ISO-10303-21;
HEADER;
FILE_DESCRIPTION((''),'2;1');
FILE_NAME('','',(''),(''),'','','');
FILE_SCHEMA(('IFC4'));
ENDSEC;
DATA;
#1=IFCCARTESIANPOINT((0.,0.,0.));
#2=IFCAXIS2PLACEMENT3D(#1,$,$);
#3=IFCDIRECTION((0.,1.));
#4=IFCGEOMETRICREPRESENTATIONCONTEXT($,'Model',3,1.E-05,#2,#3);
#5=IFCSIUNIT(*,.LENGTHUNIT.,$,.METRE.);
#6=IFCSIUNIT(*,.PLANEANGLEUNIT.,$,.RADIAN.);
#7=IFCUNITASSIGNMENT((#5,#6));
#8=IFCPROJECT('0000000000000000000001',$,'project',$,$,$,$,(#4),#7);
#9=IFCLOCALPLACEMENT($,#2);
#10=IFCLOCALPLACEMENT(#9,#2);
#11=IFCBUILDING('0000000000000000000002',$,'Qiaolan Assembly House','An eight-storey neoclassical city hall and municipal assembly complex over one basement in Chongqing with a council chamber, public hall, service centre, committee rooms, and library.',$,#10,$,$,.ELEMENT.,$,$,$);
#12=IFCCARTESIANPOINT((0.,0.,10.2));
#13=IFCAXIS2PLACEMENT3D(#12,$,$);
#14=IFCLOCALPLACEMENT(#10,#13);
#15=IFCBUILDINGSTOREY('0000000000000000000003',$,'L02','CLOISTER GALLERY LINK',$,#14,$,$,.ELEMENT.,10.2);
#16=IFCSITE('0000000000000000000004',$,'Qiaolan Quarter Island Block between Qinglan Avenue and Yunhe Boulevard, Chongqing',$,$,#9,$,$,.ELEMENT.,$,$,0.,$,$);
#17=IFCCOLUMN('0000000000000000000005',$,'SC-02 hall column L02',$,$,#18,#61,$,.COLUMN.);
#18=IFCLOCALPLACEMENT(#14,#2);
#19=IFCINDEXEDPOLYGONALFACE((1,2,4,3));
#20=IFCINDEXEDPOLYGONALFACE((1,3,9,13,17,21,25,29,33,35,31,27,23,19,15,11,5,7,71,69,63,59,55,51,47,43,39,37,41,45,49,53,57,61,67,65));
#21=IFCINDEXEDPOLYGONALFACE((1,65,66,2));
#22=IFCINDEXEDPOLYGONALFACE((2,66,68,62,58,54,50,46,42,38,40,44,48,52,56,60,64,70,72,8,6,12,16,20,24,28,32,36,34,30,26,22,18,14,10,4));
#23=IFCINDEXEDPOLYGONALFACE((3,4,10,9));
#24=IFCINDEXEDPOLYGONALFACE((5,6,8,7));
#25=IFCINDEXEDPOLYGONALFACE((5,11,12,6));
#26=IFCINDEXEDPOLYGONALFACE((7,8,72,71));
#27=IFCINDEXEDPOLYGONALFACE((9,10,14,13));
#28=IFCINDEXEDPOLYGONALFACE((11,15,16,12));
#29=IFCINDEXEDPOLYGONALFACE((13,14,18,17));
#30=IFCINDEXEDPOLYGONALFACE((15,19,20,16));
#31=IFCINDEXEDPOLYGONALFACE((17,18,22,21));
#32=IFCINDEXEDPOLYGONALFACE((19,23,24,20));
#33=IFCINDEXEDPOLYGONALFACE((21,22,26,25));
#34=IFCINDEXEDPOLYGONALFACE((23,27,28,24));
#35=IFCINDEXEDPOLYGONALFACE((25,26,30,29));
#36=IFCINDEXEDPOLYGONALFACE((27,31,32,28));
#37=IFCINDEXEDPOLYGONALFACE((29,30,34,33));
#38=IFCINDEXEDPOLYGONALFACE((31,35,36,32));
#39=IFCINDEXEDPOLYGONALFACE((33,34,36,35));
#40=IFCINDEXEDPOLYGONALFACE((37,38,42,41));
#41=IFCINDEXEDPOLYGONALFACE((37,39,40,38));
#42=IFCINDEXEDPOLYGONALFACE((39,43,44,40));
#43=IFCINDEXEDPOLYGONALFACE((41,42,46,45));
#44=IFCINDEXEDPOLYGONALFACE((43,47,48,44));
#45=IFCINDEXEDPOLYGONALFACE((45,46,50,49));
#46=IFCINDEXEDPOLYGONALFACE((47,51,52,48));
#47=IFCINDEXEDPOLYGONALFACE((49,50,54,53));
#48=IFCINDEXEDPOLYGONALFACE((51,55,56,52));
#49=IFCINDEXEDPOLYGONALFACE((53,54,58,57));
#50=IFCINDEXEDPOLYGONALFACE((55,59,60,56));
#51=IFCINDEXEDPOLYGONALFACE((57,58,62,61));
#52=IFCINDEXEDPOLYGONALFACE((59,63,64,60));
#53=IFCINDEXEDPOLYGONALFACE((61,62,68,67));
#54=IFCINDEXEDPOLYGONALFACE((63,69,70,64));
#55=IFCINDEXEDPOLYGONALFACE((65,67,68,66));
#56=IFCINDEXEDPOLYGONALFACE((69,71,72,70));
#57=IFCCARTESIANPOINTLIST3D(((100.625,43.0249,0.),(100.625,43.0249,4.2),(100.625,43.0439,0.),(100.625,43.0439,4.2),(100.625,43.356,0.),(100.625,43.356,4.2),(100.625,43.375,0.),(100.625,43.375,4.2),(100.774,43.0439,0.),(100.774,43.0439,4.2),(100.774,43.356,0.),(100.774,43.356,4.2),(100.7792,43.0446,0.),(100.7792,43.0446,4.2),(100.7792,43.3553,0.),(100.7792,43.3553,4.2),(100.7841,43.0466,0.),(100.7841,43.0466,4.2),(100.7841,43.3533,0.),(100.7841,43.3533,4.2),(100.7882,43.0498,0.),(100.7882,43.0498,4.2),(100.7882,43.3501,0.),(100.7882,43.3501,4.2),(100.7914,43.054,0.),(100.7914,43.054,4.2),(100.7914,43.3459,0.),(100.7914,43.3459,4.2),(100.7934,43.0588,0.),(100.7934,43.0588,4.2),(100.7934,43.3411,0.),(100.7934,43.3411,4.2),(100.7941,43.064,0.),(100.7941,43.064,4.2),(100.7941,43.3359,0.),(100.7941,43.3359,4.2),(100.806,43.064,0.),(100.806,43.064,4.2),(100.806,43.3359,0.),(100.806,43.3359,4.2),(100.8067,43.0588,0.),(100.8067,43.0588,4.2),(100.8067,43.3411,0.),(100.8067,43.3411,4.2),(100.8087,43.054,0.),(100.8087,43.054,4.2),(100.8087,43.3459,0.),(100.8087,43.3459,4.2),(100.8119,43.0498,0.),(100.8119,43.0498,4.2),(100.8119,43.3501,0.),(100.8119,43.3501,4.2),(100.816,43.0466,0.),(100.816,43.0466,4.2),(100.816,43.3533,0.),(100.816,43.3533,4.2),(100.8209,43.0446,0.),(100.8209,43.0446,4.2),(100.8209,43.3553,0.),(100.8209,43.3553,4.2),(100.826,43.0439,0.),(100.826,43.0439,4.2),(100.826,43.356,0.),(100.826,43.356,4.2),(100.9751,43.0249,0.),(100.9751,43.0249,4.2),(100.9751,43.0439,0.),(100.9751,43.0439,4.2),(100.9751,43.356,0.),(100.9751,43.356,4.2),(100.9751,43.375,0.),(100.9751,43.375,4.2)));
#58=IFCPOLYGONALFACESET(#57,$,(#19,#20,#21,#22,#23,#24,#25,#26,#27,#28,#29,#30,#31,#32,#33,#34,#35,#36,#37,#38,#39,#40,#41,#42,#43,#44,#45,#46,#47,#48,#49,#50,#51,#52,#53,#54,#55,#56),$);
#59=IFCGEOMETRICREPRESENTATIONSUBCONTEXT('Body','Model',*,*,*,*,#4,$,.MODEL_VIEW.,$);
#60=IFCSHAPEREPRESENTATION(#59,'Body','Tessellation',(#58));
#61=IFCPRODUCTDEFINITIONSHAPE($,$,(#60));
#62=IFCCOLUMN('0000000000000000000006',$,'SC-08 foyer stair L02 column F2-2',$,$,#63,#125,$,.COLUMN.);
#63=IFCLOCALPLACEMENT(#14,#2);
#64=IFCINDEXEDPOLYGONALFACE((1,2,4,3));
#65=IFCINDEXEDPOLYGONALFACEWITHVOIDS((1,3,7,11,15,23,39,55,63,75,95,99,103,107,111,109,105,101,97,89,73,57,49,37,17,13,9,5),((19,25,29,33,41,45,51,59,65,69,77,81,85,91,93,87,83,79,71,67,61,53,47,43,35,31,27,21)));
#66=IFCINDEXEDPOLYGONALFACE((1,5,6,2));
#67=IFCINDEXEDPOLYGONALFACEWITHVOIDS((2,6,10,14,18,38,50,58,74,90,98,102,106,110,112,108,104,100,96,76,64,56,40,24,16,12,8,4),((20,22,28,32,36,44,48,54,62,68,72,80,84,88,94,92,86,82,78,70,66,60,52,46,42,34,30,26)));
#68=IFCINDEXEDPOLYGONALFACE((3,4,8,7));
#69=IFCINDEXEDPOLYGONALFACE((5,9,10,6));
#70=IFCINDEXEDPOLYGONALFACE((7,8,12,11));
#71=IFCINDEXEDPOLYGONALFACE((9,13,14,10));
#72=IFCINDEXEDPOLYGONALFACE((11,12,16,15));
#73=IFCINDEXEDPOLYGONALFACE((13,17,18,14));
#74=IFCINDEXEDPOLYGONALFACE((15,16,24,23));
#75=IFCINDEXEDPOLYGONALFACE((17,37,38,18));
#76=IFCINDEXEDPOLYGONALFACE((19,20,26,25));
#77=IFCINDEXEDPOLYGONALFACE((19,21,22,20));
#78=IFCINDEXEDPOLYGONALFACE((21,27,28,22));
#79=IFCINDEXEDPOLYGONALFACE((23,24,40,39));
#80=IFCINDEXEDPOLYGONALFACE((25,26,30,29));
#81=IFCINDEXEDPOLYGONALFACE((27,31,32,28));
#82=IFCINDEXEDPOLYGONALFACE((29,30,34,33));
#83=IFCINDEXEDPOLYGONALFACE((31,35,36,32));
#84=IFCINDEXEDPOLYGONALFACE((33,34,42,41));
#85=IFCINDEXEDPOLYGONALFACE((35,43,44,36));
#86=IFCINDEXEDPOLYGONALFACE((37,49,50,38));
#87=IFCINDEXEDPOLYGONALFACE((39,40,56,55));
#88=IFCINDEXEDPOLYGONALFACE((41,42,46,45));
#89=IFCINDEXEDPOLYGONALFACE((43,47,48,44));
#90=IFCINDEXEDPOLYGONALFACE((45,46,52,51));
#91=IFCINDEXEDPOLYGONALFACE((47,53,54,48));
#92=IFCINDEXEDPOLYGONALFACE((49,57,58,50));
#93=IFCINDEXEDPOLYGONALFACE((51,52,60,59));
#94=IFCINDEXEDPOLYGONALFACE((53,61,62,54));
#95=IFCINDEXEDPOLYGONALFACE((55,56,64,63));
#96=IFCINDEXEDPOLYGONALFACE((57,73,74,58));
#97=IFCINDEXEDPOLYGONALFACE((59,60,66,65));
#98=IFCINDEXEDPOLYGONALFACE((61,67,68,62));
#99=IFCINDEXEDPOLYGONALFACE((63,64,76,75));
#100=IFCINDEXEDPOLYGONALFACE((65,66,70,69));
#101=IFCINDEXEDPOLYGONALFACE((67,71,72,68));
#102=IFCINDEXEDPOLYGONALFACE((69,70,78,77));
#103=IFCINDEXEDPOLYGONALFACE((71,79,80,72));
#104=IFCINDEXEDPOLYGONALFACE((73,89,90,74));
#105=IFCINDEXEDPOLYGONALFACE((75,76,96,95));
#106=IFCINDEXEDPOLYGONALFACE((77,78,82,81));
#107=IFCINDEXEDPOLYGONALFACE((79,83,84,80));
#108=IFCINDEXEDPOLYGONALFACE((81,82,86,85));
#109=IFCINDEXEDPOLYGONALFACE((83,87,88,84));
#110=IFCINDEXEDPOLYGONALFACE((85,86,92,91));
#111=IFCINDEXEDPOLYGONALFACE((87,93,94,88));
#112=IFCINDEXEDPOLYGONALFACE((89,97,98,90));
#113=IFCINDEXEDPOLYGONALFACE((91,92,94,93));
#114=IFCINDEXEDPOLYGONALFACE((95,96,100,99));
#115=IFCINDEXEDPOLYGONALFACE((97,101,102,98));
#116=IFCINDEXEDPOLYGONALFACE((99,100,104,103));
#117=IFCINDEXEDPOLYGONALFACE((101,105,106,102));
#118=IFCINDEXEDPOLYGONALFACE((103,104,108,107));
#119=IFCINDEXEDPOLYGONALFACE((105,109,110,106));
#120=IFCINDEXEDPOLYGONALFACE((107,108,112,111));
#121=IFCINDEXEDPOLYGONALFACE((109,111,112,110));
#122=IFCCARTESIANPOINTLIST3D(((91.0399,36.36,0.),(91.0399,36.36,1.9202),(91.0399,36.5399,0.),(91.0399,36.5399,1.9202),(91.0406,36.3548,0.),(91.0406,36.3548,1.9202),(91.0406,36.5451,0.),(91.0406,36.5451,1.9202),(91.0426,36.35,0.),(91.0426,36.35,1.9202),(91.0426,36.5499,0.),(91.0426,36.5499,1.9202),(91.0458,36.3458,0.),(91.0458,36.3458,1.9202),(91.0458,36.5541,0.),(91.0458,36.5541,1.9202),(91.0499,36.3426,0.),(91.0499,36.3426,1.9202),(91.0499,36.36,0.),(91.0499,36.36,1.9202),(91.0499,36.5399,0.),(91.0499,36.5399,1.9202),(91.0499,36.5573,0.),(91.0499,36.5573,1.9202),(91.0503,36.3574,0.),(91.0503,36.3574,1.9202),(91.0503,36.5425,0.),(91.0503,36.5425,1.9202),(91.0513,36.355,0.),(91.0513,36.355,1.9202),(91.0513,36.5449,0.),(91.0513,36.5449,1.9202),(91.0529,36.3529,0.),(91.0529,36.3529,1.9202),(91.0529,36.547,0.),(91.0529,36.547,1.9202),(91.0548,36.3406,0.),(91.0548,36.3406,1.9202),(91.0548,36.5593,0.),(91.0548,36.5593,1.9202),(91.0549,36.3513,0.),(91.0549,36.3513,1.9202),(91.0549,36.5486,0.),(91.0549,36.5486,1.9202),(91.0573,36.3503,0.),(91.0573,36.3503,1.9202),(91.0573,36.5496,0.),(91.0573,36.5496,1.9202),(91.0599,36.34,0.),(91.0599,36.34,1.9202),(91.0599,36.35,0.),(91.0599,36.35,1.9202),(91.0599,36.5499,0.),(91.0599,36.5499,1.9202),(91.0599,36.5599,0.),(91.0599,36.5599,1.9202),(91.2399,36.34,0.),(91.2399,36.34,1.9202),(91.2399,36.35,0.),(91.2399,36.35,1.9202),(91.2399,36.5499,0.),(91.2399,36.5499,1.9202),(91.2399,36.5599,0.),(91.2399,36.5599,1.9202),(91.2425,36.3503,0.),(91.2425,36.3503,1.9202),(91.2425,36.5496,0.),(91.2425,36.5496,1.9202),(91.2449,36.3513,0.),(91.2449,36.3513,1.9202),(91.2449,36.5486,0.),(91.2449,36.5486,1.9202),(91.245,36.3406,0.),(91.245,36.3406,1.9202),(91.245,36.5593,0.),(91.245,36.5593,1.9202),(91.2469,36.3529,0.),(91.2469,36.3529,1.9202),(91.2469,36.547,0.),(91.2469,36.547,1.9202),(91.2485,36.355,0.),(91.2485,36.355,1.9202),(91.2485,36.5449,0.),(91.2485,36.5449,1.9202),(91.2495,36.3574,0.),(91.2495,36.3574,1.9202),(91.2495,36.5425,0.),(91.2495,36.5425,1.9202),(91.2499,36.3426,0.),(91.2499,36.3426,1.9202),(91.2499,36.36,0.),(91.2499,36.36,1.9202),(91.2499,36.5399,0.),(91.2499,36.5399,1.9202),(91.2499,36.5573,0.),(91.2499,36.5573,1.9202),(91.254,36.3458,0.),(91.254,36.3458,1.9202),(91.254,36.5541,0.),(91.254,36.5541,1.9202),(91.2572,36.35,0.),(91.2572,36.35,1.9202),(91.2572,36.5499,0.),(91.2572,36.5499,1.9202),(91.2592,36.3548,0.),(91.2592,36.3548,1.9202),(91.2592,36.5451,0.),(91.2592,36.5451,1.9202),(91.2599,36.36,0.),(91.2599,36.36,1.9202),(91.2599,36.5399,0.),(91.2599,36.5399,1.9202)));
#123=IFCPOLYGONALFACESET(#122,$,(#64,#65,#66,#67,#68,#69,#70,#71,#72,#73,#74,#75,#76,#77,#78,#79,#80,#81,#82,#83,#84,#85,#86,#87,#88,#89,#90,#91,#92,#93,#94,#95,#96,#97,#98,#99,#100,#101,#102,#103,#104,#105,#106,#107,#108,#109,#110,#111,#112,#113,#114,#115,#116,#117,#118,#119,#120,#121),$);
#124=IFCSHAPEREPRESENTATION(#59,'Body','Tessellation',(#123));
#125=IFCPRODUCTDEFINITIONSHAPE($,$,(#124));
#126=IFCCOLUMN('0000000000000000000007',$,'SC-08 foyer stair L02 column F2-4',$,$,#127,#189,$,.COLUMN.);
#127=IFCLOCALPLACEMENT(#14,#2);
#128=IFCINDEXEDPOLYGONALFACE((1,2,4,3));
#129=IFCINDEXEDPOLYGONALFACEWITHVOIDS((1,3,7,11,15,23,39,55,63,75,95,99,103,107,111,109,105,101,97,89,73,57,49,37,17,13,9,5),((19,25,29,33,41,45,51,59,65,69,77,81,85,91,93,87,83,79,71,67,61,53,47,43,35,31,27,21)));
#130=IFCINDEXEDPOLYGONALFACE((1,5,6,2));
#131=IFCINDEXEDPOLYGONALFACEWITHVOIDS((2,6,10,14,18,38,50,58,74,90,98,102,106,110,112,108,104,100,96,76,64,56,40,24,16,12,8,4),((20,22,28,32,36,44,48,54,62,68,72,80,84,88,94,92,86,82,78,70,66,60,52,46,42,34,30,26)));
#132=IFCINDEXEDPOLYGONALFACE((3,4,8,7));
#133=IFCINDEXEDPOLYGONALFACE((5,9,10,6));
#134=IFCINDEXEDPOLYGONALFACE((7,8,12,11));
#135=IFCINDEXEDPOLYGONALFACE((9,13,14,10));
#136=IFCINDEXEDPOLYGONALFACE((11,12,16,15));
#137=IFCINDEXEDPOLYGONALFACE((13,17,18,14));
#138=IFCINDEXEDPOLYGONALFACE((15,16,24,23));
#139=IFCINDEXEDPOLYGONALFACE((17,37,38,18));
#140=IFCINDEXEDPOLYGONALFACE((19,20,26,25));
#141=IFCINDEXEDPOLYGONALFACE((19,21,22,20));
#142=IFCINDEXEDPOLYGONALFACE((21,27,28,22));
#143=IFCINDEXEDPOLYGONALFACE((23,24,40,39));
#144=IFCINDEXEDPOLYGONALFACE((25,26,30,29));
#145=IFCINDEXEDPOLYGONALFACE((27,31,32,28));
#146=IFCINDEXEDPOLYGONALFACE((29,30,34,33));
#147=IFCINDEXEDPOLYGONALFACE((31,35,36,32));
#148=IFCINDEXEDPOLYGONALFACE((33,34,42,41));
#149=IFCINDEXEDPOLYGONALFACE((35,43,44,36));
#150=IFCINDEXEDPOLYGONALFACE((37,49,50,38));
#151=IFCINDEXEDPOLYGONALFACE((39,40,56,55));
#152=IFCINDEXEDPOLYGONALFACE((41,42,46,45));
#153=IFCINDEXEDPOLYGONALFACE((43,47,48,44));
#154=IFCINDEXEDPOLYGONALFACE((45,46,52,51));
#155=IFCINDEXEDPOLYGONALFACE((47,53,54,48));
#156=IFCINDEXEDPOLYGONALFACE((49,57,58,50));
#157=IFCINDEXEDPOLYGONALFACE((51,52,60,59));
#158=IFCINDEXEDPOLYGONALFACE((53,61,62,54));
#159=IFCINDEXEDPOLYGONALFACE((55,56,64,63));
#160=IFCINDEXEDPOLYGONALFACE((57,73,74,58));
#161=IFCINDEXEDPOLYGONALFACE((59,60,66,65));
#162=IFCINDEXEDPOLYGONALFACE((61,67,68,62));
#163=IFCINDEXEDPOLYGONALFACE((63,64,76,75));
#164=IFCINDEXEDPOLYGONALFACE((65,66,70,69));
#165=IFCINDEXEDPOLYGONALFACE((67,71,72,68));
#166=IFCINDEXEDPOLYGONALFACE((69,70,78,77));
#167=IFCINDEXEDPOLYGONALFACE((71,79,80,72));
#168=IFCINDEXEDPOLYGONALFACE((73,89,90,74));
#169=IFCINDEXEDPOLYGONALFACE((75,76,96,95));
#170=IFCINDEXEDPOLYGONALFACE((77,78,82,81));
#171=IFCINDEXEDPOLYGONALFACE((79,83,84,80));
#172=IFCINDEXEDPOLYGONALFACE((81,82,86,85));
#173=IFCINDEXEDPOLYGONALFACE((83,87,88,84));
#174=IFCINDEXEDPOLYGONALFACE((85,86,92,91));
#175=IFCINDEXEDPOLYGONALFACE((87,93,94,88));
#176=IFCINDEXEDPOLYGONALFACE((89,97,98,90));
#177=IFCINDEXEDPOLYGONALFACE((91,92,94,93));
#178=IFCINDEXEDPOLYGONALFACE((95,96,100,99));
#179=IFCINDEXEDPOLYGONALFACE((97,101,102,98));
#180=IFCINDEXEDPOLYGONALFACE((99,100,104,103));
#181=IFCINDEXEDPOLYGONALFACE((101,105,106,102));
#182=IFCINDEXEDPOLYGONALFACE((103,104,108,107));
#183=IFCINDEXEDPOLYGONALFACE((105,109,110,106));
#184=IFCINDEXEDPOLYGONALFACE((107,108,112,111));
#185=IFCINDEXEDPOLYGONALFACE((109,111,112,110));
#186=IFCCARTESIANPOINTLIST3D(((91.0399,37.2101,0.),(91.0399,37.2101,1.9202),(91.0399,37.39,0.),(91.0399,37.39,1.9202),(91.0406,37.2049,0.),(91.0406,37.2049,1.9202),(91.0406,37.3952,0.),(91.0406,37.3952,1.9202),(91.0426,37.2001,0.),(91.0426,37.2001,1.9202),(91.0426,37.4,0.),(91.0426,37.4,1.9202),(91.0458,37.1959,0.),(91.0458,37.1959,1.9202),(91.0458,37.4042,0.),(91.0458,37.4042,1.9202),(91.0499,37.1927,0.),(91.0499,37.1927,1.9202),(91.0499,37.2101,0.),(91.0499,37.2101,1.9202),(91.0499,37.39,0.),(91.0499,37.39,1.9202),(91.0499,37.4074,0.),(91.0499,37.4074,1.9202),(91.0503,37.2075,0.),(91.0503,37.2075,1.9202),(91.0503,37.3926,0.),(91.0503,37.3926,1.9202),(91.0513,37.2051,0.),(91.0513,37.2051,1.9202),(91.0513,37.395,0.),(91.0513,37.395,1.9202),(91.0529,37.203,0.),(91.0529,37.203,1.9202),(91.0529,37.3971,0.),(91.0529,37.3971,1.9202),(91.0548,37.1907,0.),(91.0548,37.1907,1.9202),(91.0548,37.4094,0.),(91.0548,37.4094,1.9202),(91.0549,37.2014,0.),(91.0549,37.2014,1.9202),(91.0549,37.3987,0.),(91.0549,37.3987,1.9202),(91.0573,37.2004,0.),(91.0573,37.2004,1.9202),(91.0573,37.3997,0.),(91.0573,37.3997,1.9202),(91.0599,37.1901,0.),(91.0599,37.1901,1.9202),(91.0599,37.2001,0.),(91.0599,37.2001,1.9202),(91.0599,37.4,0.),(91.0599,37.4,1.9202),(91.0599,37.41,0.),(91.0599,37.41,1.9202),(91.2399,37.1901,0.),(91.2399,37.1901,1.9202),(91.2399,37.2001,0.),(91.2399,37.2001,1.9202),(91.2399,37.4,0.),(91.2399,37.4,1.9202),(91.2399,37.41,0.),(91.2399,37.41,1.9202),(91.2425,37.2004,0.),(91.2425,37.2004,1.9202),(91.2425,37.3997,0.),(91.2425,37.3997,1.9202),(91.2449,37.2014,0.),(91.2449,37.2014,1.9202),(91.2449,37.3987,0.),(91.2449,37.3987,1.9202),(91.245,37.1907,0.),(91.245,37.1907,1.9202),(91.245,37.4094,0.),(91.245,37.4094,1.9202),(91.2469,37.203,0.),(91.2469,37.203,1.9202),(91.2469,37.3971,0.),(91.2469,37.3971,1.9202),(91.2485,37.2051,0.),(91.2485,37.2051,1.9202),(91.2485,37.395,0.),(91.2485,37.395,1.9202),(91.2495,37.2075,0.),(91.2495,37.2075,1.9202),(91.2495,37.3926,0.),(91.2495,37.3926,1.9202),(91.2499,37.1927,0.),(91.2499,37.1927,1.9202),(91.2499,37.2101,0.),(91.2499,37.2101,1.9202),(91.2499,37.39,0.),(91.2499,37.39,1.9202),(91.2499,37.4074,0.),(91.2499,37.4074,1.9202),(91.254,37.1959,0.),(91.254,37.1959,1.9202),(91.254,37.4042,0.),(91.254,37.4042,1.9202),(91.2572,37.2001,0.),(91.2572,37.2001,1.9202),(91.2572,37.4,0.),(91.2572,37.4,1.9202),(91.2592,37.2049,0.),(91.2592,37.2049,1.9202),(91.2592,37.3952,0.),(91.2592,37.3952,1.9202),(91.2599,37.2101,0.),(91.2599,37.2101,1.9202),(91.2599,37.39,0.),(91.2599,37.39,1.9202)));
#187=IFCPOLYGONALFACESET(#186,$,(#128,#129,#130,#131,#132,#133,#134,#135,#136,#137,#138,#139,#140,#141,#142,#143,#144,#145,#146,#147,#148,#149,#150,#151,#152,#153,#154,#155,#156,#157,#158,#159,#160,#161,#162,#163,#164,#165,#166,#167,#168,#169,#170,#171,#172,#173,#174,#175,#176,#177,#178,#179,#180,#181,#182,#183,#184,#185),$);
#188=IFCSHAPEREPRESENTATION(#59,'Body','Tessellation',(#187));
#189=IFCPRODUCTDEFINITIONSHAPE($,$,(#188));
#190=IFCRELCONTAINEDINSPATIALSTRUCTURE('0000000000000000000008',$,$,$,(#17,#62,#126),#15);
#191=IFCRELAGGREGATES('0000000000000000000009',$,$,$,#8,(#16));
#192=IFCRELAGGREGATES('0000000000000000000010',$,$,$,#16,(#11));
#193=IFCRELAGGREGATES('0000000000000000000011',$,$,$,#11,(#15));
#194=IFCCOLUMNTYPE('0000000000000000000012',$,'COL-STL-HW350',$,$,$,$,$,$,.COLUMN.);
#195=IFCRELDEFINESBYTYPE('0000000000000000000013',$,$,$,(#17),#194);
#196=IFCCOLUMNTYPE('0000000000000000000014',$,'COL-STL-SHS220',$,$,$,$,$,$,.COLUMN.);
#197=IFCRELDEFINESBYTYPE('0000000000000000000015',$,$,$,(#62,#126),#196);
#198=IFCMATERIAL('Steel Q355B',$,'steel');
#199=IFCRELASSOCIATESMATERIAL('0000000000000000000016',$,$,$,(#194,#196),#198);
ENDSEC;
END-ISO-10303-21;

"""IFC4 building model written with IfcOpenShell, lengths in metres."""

from ifc_helpers import new_model, si_unit, direction, frame, origin, origin_2d, place, context, subcontext, project, spatial, hollow_rectangle, i_section, extrude, material, material_profile, profile_set, type_object, element, save


model = new_model("IFC4")

# Units and contexts
model_context = context("Model", 3, precision=1e-05, world=origin(), true_north=direction((0.0, 1.0)))
body_context = subcontext(model_context, "Body", "Model", "MODEL_VIEW")
ifc_project = project(units=[si_unit("LENGTHUNIT", "METRE"), si_unit("PLANEANGLEUNIT", "RADIAN")], contexts=[model_context])

# Site, building, storey
site_placement = place(None, origin())
site = spatial("IfcSite", under=ifc_project, at=site_placement, Name="Qiaolan Quarter Island Block between Qinglan Avenue and Yunhe Boulevard, Chongqing", CompositionType="ELEMENT", RefElevation=0.0)
building_placement = place(site_placement, origin())
building = spatial("IfcBuilding", under=site, at=building_placement, Name="Qiaolan Assembly House", Description="An eight-storey neoclassical city hall and municipal assembly complex over one basement in Chongqing with a council chamber, public hall, service centre, committee rooms, and library.", CompositionType="ELEMENT")
storey_placement = place(building_placement, frame((0.0, 0.0, 10.2)))
storey = spatial("IfcBuildingStorey", under=building, at=storey_placement, Name="L02", Description="CLOISTER GALLERY LINK", CompositionType="ELEMENT", Elevation=10.2)

# Columns
ifc_material_1 = material(Name="Steel Q355B", Category="steel")
ifc_material_profile_1 = material_profile(ifc_material_1, i_section(OverallWidth=0.3501, OverallDepth=0.3501, WebThickness=0.012, FlangeThickness=0.019, FilletRadius=0.02, at=origin_2d()), Name="HW 350x350x12x19")
ifc_profile_set_1 = profile_set([ifc_material_profile_1], Name="Steel Q355B")
column_type_1 = type_object("IfcColumnType", Name="COL-STL-HW350", PredefinedType="COLUMN", material=ifc_profile_set_1)
column_1_placement = place(storey_placement, frame((100.8, 43.2, 0.0), z_axis=(0.0, 0.0, 1.0), x_axis=(1.0, 0.0, 0.0)))
element("IfcColumn", 1, at=column_1_placement, inside=storey, type_object=column_type_1, Name="SC-02 hall column L02", PredefinedType="COLUMN", context=body_context, shape_type="SweptSolid", body=[
    extrude(i_section(OverallWidth=0.3501, OverallDepth=0.3501, WebThickness=0.012, FlangeThickness=0.019, FilletRadius=0.02, at=origin_2d()), origin(), (0.0, 0.0, 1.0), 4.2),
])
ifc_material_profile_2 = material_profile(ifc_material_1, hollow_rectangle(XDim=0.22, YDim=0.22, WallThickness=0.01, InnerFilletRadius=0.01, OuterFilletRadius=0.02, at=origin_2d()), Name="SHS 220x220x10")
ifc_profile_set_2 = profile_set([ifc_material_profile_2], Name="Steel Q355B")
column_type_2 = type_object("IfcColumnType", Name="COL-STL-SHS220", PredefinedType="COLUMN", material=ifc_profile_set_2)
for number, where, z_axis, x_axis, name in (
    (2, (91.1499, 36.45, 0.0), (0.0, 0.0, 1.0), (1.0, 0.0, 0.0), "SC-08 foyer stair L02 column F2-2"),
    (3, (91.1499, 37.3, 0.0), (0.0, 0.0, 1.0), (1.0, 0.0, 0.0), "SC-08 foyer stair L02 column F2-4"),
):
    element("IfcColumn", number, at=place(storey_placement, frame(where, z_axis=z_axis, x_axis=x_axis)), inside=storey, type_object=column_type_2, Name=name, PredefinedType="COLUMN", context=body_context, shape_type="SweptSolid", body=[
        extrude(hollow_rectangle(XDim=0.22, YDim=0.22, WallThickness=0.01, InnerFilletRadius=0.01, OuterFilletRadius=0.02, at=origin_2d()), origin(), (0.0, 0.0, 1.0), 1.9202),
    ])

save(model, "model.ifc")
